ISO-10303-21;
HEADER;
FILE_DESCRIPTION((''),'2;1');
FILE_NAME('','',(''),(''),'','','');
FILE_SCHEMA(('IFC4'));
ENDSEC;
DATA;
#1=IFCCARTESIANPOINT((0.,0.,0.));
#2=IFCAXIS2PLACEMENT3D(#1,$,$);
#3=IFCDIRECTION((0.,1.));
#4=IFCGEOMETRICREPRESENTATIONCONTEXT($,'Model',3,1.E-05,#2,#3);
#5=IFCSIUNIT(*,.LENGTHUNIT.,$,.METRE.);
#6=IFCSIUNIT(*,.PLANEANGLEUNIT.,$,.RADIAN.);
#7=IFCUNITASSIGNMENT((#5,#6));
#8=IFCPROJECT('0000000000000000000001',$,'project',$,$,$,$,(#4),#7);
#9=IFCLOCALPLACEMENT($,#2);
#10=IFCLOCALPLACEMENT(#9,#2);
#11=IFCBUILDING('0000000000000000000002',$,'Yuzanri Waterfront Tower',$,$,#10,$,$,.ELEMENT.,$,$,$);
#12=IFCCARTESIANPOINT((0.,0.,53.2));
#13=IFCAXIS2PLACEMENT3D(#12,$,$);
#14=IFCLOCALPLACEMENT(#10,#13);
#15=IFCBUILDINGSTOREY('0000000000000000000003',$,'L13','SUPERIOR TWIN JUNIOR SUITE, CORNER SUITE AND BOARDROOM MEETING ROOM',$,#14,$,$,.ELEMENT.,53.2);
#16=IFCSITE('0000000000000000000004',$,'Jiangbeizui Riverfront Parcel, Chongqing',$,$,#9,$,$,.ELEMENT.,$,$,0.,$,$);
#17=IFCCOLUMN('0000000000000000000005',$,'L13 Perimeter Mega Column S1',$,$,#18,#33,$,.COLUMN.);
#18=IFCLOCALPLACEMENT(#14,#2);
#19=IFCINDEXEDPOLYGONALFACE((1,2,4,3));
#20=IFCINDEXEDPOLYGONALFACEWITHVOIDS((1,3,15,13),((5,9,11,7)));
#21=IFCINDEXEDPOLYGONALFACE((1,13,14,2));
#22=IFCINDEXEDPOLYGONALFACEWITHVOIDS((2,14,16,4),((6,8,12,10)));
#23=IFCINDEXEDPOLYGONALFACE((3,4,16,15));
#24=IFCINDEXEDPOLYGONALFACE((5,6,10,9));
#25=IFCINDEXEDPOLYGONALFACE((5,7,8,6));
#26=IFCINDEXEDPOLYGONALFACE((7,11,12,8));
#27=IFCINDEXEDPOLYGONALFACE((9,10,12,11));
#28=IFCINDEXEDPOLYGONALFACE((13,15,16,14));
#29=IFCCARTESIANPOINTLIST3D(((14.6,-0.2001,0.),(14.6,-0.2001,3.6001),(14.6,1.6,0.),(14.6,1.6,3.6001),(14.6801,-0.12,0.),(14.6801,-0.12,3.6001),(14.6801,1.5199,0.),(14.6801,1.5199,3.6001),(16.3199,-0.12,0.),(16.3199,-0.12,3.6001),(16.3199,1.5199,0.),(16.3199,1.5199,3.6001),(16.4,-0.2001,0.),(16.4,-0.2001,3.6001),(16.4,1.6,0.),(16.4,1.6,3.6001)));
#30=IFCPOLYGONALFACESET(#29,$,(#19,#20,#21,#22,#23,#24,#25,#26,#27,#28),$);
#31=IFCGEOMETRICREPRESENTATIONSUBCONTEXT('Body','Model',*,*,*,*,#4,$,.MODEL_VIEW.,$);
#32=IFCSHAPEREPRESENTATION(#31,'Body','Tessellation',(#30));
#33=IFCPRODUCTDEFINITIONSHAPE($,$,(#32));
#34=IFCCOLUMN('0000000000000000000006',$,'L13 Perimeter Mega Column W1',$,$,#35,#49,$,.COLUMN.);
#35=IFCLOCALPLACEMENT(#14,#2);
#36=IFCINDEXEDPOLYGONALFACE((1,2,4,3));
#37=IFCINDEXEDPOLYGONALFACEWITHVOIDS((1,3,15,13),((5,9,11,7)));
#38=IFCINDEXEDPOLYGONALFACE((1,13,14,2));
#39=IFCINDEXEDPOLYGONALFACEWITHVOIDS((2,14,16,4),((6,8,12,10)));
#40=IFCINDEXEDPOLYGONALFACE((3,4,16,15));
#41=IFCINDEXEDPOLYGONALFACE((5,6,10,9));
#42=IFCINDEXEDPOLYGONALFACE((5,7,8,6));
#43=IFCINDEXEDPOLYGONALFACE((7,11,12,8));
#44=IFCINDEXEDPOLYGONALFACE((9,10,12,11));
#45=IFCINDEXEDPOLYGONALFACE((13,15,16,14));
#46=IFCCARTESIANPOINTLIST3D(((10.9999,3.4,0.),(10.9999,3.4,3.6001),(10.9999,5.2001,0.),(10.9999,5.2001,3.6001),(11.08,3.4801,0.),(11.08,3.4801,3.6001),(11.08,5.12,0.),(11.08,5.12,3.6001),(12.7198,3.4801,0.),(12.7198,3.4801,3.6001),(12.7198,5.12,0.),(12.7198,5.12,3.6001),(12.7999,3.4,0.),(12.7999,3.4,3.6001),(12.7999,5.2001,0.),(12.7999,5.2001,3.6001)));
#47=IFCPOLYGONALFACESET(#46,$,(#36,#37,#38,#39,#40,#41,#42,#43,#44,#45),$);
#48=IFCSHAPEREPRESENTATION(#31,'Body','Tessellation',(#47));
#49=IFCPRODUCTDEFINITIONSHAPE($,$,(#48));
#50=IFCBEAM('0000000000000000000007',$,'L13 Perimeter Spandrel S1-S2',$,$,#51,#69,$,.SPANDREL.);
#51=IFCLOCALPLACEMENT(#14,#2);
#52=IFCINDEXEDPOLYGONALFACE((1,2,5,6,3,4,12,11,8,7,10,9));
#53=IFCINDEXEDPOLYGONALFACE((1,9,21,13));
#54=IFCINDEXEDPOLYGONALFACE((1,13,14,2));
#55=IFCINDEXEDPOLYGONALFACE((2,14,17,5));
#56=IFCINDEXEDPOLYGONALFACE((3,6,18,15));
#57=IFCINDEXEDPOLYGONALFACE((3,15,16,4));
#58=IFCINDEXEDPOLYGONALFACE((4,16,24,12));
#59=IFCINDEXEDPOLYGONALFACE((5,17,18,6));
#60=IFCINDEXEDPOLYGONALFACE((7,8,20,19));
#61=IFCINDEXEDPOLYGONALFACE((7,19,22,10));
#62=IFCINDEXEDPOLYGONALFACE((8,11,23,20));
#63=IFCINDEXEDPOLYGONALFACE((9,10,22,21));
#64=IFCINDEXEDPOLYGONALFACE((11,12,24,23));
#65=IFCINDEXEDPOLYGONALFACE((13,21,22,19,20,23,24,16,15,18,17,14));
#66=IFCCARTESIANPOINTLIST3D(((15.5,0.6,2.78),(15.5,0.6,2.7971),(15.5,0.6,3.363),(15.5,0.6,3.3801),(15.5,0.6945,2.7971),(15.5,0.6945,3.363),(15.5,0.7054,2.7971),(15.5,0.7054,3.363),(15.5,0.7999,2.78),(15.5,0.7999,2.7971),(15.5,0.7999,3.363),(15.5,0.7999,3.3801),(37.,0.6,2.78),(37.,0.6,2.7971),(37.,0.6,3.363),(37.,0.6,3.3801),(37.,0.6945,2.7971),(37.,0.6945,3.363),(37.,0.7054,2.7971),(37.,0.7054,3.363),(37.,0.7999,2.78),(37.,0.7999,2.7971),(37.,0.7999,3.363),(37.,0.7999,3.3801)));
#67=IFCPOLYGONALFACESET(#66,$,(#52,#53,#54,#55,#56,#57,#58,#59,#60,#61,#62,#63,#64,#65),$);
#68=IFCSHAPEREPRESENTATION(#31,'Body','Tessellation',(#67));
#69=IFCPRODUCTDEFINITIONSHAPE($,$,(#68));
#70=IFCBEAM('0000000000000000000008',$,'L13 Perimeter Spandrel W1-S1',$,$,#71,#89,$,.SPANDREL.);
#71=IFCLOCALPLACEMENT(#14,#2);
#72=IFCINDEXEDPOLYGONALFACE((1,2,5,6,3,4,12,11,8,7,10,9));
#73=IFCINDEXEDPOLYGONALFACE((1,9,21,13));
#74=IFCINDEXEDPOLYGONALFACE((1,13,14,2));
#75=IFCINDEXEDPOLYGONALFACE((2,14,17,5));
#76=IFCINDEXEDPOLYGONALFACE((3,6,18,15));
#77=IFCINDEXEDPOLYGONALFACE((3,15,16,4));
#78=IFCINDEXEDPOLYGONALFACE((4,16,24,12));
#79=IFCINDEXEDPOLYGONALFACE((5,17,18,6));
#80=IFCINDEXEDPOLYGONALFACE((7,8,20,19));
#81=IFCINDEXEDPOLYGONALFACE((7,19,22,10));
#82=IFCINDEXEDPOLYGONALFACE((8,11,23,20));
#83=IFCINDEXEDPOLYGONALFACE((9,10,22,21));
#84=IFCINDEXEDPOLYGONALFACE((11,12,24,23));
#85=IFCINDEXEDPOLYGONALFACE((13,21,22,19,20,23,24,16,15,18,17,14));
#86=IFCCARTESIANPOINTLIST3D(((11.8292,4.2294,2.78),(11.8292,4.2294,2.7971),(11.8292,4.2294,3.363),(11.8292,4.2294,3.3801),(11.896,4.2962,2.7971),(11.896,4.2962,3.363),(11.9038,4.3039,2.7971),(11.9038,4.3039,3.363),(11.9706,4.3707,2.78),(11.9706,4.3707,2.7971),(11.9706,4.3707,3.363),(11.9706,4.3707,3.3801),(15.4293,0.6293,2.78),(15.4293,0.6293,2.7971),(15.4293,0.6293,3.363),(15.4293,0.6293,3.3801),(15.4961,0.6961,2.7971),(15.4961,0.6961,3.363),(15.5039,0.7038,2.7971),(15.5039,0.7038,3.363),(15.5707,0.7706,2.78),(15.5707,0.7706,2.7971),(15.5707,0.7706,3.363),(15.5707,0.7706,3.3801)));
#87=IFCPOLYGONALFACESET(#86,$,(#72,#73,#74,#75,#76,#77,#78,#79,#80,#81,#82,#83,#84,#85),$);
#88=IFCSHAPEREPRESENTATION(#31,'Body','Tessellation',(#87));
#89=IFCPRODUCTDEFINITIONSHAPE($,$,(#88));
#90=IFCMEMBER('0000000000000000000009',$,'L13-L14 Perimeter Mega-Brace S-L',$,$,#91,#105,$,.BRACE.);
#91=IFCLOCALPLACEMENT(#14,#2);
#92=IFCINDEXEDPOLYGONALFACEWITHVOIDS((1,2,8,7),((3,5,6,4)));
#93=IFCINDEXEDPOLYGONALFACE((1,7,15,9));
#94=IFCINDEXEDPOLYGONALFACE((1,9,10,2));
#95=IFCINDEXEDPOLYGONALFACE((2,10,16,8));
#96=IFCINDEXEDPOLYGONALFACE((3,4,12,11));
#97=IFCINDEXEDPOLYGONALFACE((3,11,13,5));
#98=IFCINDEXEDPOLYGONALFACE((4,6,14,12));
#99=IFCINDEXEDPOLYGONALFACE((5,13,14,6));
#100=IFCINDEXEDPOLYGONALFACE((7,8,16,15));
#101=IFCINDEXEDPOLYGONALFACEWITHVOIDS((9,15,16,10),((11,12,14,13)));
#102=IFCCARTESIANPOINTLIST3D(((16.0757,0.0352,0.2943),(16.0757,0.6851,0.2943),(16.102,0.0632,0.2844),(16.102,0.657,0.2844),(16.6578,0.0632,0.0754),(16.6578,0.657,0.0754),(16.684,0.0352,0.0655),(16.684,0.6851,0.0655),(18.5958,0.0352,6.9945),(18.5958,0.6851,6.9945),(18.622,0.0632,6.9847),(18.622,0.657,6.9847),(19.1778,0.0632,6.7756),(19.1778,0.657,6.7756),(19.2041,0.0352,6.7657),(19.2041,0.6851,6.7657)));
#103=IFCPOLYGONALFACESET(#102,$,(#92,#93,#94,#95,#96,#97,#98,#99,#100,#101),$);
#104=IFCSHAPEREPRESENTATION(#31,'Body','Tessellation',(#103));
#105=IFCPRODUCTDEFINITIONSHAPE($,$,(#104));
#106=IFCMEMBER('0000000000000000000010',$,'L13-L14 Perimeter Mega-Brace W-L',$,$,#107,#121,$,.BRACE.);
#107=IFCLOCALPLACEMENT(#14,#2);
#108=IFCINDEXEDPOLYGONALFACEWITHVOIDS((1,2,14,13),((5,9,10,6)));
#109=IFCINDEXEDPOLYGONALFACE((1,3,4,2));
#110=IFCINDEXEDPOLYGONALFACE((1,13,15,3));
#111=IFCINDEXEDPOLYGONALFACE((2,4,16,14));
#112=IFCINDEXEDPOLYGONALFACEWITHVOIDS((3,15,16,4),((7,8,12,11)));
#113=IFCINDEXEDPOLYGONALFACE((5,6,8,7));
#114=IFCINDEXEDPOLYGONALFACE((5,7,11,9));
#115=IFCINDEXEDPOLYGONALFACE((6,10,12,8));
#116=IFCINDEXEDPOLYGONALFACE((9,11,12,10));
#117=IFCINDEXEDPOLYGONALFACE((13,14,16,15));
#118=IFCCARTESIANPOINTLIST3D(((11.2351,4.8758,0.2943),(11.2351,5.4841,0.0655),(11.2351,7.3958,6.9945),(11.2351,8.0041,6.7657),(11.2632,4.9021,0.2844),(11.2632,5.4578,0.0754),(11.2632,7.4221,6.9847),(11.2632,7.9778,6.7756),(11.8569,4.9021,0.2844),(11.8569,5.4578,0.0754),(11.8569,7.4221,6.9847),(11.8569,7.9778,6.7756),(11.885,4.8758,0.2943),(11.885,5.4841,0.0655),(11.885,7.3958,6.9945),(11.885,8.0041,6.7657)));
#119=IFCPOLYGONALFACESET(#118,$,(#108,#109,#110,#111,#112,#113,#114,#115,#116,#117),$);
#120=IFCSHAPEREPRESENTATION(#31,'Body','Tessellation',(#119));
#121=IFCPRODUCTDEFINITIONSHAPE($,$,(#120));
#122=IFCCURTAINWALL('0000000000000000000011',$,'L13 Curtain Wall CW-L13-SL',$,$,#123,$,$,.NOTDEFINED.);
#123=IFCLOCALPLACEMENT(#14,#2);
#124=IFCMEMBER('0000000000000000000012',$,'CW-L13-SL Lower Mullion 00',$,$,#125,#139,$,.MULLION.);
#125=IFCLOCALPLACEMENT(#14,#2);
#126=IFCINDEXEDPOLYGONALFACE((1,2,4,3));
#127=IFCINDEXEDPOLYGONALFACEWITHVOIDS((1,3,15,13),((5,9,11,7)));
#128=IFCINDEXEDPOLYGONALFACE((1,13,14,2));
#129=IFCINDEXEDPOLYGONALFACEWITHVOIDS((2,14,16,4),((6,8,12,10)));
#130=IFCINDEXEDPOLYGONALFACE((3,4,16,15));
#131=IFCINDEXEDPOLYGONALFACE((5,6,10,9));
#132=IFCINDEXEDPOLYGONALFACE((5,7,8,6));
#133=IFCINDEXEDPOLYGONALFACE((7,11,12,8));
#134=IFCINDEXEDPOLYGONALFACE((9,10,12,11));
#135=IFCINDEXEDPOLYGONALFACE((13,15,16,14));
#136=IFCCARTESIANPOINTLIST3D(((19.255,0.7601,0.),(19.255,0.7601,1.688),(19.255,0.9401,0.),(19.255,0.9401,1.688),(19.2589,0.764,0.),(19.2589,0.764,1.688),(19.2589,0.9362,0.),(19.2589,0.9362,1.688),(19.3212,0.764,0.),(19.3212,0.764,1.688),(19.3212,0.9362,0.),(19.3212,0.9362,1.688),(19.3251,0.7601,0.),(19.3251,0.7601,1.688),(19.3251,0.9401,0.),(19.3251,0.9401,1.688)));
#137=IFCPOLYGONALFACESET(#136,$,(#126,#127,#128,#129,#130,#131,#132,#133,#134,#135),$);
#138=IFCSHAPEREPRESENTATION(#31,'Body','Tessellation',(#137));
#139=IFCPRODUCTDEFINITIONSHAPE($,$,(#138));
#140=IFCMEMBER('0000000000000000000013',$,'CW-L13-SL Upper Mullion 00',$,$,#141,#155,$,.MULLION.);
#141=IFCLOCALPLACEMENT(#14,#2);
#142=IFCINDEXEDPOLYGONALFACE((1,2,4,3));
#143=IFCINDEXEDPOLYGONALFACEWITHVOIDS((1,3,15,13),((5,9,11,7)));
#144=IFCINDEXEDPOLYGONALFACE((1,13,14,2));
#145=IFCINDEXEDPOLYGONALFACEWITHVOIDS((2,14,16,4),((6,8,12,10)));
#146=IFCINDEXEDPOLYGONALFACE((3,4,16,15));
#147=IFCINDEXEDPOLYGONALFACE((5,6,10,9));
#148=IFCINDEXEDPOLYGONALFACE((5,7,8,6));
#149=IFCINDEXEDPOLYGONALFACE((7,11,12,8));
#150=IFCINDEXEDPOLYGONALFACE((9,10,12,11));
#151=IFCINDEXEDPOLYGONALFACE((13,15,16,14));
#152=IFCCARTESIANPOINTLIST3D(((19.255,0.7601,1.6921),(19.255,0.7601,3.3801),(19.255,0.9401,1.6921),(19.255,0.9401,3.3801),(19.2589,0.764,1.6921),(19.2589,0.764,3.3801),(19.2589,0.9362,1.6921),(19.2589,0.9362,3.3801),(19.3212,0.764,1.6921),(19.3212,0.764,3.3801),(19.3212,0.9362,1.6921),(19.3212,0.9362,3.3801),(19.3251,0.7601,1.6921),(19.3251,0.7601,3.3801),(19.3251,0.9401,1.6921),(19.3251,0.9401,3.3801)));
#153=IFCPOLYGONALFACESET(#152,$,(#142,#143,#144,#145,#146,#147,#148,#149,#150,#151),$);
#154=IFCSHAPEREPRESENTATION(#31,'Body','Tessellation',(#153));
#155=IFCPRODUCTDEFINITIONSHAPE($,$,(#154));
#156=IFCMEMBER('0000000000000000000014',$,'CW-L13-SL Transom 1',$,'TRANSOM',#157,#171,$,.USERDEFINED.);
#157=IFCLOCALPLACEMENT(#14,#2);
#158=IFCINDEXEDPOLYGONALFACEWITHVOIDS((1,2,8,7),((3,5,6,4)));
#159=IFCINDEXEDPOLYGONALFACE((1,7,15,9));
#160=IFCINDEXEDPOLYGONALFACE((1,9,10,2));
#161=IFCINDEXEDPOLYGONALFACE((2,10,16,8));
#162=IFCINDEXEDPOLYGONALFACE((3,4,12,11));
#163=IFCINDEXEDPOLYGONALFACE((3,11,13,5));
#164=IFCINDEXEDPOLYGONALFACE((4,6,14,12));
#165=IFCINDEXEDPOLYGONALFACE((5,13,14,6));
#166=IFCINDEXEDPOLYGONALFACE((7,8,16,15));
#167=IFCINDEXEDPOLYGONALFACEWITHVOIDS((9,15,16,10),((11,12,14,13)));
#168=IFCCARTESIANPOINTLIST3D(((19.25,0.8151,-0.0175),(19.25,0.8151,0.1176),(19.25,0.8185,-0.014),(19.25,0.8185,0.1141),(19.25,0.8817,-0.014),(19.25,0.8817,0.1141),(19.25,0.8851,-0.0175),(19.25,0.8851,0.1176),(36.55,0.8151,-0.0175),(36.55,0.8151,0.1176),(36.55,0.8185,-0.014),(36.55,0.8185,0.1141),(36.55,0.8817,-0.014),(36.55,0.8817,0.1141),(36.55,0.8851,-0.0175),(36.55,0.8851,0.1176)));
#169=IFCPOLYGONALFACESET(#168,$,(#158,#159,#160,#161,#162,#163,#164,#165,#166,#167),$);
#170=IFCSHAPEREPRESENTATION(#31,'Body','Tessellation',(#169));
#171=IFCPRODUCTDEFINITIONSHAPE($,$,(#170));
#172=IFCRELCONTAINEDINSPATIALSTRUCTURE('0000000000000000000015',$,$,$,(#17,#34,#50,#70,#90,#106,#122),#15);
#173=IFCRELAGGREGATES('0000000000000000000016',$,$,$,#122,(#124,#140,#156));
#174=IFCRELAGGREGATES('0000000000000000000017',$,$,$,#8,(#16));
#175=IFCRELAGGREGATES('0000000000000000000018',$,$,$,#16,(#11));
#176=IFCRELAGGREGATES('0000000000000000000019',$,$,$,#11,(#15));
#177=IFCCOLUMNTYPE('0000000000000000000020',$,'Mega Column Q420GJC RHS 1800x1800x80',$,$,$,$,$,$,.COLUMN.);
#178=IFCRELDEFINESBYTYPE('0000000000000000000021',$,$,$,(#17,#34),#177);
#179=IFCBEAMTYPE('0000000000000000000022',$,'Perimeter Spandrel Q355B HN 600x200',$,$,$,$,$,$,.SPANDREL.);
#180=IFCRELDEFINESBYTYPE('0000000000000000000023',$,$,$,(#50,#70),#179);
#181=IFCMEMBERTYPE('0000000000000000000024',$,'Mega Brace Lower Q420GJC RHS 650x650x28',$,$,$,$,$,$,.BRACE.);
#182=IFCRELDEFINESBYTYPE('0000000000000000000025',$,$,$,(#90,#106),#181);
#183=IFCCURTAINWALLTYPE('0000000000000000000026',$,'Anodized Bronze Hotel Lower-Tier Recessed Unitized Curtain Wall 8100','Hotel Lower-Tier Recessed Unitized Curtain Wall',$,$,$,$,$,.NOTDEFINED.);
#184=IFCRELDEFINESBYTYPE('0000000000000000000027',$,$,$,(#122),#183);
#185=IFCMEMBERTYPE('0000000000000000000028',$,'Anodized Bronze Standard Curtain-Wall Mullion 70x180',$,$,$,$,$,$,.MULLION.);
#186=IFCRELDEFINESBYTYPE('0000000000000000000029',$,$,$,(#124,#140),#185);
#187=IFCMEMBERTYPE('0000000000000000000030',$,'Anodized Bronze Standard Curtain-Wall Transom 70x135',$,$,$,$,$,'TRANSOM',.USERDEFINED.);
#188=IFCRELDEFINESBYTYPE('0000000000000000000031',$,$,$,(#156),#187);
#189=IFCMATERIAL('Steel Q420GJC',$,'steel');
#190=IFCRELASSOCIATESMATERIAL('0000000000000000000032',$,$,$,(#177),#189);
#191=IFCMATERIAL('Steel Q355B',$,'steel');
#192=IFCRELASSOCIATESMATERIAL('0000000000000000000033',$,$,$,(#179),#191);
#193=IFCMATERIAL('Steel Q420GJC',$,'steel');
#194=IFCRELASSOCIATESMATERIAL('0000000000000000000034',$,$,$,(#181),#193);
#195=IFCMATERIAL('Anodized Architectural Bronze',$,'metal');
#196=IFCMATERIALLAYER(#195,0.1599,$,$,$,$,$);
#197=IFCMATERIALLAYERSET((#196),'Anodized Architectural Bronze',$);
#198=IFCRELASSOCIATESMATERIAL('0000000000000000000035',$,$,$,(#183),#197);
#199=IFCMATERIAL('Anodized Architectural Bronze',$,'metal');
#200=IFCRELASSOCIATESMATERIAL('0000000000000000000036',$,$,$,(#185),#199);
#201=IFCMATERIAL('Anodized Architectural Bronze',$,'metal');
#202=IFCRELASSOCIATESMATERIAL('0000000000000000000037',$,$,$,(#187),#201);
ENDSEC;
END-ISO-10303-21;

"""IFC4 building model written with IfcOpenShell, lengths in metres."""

from ifc_helpers import new_model, si_unit, direction, frame, origin, origin_2d, place, context, subcontext, project, spatial, hollow_rectangle, i_section, extrude, source, transform, mapped, material, layer, layer_set, material_profile, profile_set, type_object, element, aggregate, save


model = new_model("IFC4")

# Units and contexts
model_context = context("Model", 3, precision=1e-05, world=origin(), true_north=direction((0.0, 1.0)))
body_context = subcontext(model_context, "Body", "Model", "MODEL_VIEW")
ifc_project = project(units=[si_unit("LENGTHUNIT", "METRE"), si_unit("PLANEANGLEUNIT", "RADIAN")], contexts=[model_context])

# Site, building, storey
site_placement = place(None, origin())
site = spatial("IfcSite", under=ifc_project, at=site_placement, Name="Jiangbeizui Riverfront Parcel, Chongqing", CompositionType="ELEMENT", RefElevation=0.0)
building_placement = place(site_placement, origin())
building = spatial("IfcBuilding", under=site, at=building_placement, Name="Yuzanri Waterfront Tower", CompositionType="ELEMENT")
storey_placement = place(building_placement, frame((0.0, 0.0, 53.2)))
storey = spatial("IfcBuildingStorey", under=building, at=storey_placement, Name="L13", Description="SUPERIOR TWIN JUNIOR SUITE, CORNER SUITE AND BOARDROOM MEETING ROOM", CompositionType="ELEMENT", Elevation=53.2)

# Columns
ifc_material_1 = material(Name="Steel Q420GJC", Category="steel")
ifc_material_profile_1 = material_profile(ifc_material_1, hollow_rectangle(XDim=1.8, YDim=1.8, WallThickness=0.0801, at=origin_2d()), Name="RHS 1800x1800x80")
ifc_profile_set_1 = profile_set([ifc_material_profile_1], Name="Steel Q420GJC")
column_type = type_object("IfcColumnType", Name="Mega Column Q420GJC RHS 1800x1800x80", PredefinedType="COLUMN", material=ifc_profile_set_1)
shared_shape_1 = source(origin(), body_context, "Body", "SweptSolid", [
    extrude(hollow_rectangle(XDim=1.8, YDim=1.8, WallThickness=0.0801, at=origin_2d()), origin(), (0.0, 0.0, 1.0), 3.6001),
])
for number, where, z_axis, x_axis, name in (
    (1, (15.5, 0.7, 0.0), (0.0, 0.0, 1.0), (1.0, 0.0, 0.0), "L13 Perimeter Mega Column S1"),
    (2, (11.8999, 4.3, 0.0), (0.0, 0.0, 1.0), (1.0, 0.0, 0.0), "L13 Perimeter Mega Column W1"),
):
    element("IfcColumn", number, at=place(storey_placement, frame(where, z_axis=z_axis, x_axis=x_axis)), inside=storey, type_object=column_type, Name=name, PredefinedType="COLUMN", context=body_context, shape_type="MappedRepresentation", body=[
        mapped(shared_shape_1, transform((0.0, 0.0, 0.0), scale=1.0)),
    ])

# Beams
ifc_material_2 = material(Name="Steel Q355B", Category="steel")
ifc_material_profile_2 = material_profile(ifc_material_2, i_section(OverallWidth=0.2, OverallDepth=0.6001, WebThickness=0.011, FlangeThickness=0.0171, at=origin_2d()), Name="HN 600x200x11x17")
ifc_profile_set_2 = profile_set([ifc_material_profile_2], Name="Steel Q355B")
beam_type = type_object("IfcBeamType", Name="Perimeter Spandrel Q355B HN 600x200", PredefinedType="SPANDREL", material=ifc_profile_set_2)
shared_shape_2 = source(origin(), body_context, "Body", "SweptSolid", [
    extrude(i_section(OverallWidth=0.2, OverallDepth=0.6001, WebThickness=0.011, FlangeThickness=0.0171, at=origin_2d()), origin(), (0.0, 0.0, 1.0), 21.5),
])
beam_1_placement = place(storey_placement, frame((15.5, 0.7, 3.0801), z_axis=(1.0, 0.0, 0.0), x_axis=(0.0, 1.0, 0.0)))
element("IfcBeam", 3, at=beam_1_placement, inside=storey, type_object=beam_type, Name="L13 Perimeter Spandrel S1-S2", PredefinedType="SPANDREL", context=body_context, shape_type="MappedRepresentation", body=[
    mapped(shared_shape_2, transform((0.0, 0.0, 0.0), scale=1.0)),
])
shared_shape_3 = source(origin(), body_context, "Body", "SweptSolid", [
    extrude(i_section(OverallWidth=0.2, OverallDepth=0.6001, WebThickness=0.011, FlangeThickness=0.0171, at=origin_2d()), origin(), (0.0, 0.0, 1.0), 5.0913),
])
beam_2_placement = place(storey_placement, frame((11.8999, 4.3, 3.0801), z_axis=(0.707107, -0.707107, 0.0), x_axis=(0.707107, 0.707107, 0.0)))
element("IfcBeam", 4, at=beam_2_placement, inside=storey, type_object=beam_type, Name="L13 Perimeter Spandrel W1-S1", PredefinedType="SPANDREL", context=body_context, shape_type="MappedRepresentation", body=[
    mapped(shared_shape_3, transform((0.0, 0.0, 0.0), scale=1.0)),
])

# Members
ifc_material_3 = material(Name="Steel Q420GJC", Category="steel")
ifc_material_profile_3 = material_profile(ifc_material_3, hollow_rectangle(XDim=0.6499, YDim=0.6499, WallThickness=0.0281, at=origin_2d()), Name="RHS 650x650x28")
ifc_profile_set_3 = profile_set([ifc_material_profile_3], Name="Steel Q420GJC")
member_type_1 = type_object("IfcMemberType", Name="Mega Brace Lower Q420GJC RHS 650x650x28", PredefinedType="BRACE", material=ifc_profile_set_3)
shared_shape_4 = source(origin(), body_context, "Body", "SweptSolid", [
    extrude(hollow_rectangle(XDim=0.6499, YDim=0.6499, WallThickness=0.0281, at=origin_2d()), origin(), (0.0, 0.0, 1.0), 7.1584),
])
for number, where, z_axis, x_axis, name in (
    (5, (16.3799, 0.3601, 0.1799), (0.352035, 0.0, 0.935987), (0.0, 1.0, 0.0), "L13-L14 Perimeter Mega-Brace S-L"),
    (6, (11.5601, 5.1799, 0.1799), (0.0, 0.352035, 0.935987), (-1.0, 0.0, 0.0), "L13-L14 Perimeter Mega-Brace W-L"),
):
    element("IfcMember", number, at=place(storey_placement, frame(where, z_axis=z_axis, x_axis=x_axis)), inside=storey, type_object=member_type_1, Name=name, PredefinedType="BRACE", context=body_context, shape_type="MappedRepresentation", body=[
        mapped(shared_shape_4, transform((0.0, 0.0, 0.0), scale=1.0)),
    ])

# Curtain wall, members
ifc_material_4 = material(Name="Anodized Architectural Bronze", Category="metal")
ifc_layer_1 = layer(ifc_material_4, 0.1599)
ifc_layer_set_1 = layer_set([ifc_layer_1], Name="Anodized Architectural Bronze")
curtain_wall_type = type_object("IfcCurtainWallType", Name="Anodized Bronze Hotel Lower-Tier Recessed Unitized Curtain Wall 8100", Description="Hotel Lower-Tier Recessed Unitized Curtain Wall", PredefinedType="NOTDEFINED", material=ifc_layer_set_1)
curtain_wall_placement = place(storey_placement, origin())
curtain_wall = element("IfcCurtainWall", 7, at=curtain_wall_placement, inside=storey, type_object=curtain_wall_type, Name="L13 Curtain Wall CW-L13-SL", PredefinedType="NOTDEFINED")
ifc_material_5 = material(Name="Anodized Architectural Bronze", Category="metal")
ifc_material_profile_4 = material_profile(ifc_material_5, hollow_rectangle(XDim=0.0701, YDim=0.1799, WallThickness=0.0039, at=origin_2d()), Name="CWM 70x180")
ifc_profile_set_4 = profile_set([ifc_material_profile_4], Name="Anodized Architectural Bronze")
member_type_2 = type_object("IfcMemberType", Name="Anodized Bronze Standard Curtain-Wall Mullion 70x180", PredefinedType="MULLION", material=ifc_profile_set_4)
shared_shape_5 = source(origin(), body_context, "Body", "SweptSolid", [
    extrude(hollow_rectangle(XDim=0.0701, YDim=0.1799, WallThickness=0.0039, at=origin_2d()), origin(), (0.0, 0.0, 1.0), 1.688),
])
member_1_placement = place(storey_placement, frame((19.29, 0.8501, 0.0), z_axis=(0.0, 0.0, 1.0), x_axis=(1.0, 0.0, 0.0)))
member_1 = element("IfcMember", 8, at=member_1_placement, type_object=member_type_2, Name="CW-L13-SL Lower Mullion 00", PredefinedType="MULLION", context=body_context, shape_type="MappedRepresentation", body=[
    mapped(shared_shape_5, transform((0.0, 0.0, 0.0), scale=1.0)),
])
member_2_placement = place(storey_placement, frame((19.29, 0.8501, 1.6921), z_axis=(0.0, 0.0, 1.0), x_axis=(1.0, 0.0, 0.0)))
member_2 = element("IfcMember", 9, at=member_2_placement, type_object=member_type_2, Name="CW-L13-SL Upper Mullion 00", PredefinedType="MULLION", context=body_context, shape_type="MappedRepresentation", body=[
    mapped(shared_shape_5, transform((0.0, 0.0, 0.0), scale=1.0)),
])
ifc_material_6 = material(Name="Anodized Architectural Bronze", Category="metal")
ifc_material_profile_5 = material_profile(ifc_material_6, hollow_rectangle(XDim=0.0701, YDim=0.135, WallThickness=0.0034, at=origin_2d()), Name="CWT 70x135")
ifc_profile_set_5 = profile_set([ifc_material_profile_5], Name="Anodized Architectural Bronze")
member_type_3 = type_object("IfcMemberType", Name="Anodized Bronze Standard Curtain-Wall Transom 70x135", ElementType="TRANSOM", PredefinedType="USERDEFINED", material=ifc_profile_set_5)
shared_shape_6 = source(origin(), body_context, "Body", "SweptSolid", [
    extrude(hollow_rectangle(XDim=0.0701, YDim=0.135, WallThickness=0.0034, at=origin_2d()), origin(), (0.0, 0.0, 1.0), 17.3),
])
member_3_placement = place(storey_placement, frame((19.25, 0.8501, 0.05), z_axis=(1.0, 0.0, 0.0), x_axis=(0.0, 1.0, 0.0)))
member_3 = element("IfcMember", 10, at=member_3_placement, type_object=member_type_3, Name="CW-L13-SL Transom 1", ObjectType="TRANSOM", PredefinedType="USERDEFINED", context=body_context, shape_type="MappedRepresentation", body=[
    mapped(shared_shape_6, transform((0.0, 0.0, 0.0), scale=1.0)),
])
aggregate(curtain_wall, [member_1, member_2, member_3])

save(model, "model.ifc")
